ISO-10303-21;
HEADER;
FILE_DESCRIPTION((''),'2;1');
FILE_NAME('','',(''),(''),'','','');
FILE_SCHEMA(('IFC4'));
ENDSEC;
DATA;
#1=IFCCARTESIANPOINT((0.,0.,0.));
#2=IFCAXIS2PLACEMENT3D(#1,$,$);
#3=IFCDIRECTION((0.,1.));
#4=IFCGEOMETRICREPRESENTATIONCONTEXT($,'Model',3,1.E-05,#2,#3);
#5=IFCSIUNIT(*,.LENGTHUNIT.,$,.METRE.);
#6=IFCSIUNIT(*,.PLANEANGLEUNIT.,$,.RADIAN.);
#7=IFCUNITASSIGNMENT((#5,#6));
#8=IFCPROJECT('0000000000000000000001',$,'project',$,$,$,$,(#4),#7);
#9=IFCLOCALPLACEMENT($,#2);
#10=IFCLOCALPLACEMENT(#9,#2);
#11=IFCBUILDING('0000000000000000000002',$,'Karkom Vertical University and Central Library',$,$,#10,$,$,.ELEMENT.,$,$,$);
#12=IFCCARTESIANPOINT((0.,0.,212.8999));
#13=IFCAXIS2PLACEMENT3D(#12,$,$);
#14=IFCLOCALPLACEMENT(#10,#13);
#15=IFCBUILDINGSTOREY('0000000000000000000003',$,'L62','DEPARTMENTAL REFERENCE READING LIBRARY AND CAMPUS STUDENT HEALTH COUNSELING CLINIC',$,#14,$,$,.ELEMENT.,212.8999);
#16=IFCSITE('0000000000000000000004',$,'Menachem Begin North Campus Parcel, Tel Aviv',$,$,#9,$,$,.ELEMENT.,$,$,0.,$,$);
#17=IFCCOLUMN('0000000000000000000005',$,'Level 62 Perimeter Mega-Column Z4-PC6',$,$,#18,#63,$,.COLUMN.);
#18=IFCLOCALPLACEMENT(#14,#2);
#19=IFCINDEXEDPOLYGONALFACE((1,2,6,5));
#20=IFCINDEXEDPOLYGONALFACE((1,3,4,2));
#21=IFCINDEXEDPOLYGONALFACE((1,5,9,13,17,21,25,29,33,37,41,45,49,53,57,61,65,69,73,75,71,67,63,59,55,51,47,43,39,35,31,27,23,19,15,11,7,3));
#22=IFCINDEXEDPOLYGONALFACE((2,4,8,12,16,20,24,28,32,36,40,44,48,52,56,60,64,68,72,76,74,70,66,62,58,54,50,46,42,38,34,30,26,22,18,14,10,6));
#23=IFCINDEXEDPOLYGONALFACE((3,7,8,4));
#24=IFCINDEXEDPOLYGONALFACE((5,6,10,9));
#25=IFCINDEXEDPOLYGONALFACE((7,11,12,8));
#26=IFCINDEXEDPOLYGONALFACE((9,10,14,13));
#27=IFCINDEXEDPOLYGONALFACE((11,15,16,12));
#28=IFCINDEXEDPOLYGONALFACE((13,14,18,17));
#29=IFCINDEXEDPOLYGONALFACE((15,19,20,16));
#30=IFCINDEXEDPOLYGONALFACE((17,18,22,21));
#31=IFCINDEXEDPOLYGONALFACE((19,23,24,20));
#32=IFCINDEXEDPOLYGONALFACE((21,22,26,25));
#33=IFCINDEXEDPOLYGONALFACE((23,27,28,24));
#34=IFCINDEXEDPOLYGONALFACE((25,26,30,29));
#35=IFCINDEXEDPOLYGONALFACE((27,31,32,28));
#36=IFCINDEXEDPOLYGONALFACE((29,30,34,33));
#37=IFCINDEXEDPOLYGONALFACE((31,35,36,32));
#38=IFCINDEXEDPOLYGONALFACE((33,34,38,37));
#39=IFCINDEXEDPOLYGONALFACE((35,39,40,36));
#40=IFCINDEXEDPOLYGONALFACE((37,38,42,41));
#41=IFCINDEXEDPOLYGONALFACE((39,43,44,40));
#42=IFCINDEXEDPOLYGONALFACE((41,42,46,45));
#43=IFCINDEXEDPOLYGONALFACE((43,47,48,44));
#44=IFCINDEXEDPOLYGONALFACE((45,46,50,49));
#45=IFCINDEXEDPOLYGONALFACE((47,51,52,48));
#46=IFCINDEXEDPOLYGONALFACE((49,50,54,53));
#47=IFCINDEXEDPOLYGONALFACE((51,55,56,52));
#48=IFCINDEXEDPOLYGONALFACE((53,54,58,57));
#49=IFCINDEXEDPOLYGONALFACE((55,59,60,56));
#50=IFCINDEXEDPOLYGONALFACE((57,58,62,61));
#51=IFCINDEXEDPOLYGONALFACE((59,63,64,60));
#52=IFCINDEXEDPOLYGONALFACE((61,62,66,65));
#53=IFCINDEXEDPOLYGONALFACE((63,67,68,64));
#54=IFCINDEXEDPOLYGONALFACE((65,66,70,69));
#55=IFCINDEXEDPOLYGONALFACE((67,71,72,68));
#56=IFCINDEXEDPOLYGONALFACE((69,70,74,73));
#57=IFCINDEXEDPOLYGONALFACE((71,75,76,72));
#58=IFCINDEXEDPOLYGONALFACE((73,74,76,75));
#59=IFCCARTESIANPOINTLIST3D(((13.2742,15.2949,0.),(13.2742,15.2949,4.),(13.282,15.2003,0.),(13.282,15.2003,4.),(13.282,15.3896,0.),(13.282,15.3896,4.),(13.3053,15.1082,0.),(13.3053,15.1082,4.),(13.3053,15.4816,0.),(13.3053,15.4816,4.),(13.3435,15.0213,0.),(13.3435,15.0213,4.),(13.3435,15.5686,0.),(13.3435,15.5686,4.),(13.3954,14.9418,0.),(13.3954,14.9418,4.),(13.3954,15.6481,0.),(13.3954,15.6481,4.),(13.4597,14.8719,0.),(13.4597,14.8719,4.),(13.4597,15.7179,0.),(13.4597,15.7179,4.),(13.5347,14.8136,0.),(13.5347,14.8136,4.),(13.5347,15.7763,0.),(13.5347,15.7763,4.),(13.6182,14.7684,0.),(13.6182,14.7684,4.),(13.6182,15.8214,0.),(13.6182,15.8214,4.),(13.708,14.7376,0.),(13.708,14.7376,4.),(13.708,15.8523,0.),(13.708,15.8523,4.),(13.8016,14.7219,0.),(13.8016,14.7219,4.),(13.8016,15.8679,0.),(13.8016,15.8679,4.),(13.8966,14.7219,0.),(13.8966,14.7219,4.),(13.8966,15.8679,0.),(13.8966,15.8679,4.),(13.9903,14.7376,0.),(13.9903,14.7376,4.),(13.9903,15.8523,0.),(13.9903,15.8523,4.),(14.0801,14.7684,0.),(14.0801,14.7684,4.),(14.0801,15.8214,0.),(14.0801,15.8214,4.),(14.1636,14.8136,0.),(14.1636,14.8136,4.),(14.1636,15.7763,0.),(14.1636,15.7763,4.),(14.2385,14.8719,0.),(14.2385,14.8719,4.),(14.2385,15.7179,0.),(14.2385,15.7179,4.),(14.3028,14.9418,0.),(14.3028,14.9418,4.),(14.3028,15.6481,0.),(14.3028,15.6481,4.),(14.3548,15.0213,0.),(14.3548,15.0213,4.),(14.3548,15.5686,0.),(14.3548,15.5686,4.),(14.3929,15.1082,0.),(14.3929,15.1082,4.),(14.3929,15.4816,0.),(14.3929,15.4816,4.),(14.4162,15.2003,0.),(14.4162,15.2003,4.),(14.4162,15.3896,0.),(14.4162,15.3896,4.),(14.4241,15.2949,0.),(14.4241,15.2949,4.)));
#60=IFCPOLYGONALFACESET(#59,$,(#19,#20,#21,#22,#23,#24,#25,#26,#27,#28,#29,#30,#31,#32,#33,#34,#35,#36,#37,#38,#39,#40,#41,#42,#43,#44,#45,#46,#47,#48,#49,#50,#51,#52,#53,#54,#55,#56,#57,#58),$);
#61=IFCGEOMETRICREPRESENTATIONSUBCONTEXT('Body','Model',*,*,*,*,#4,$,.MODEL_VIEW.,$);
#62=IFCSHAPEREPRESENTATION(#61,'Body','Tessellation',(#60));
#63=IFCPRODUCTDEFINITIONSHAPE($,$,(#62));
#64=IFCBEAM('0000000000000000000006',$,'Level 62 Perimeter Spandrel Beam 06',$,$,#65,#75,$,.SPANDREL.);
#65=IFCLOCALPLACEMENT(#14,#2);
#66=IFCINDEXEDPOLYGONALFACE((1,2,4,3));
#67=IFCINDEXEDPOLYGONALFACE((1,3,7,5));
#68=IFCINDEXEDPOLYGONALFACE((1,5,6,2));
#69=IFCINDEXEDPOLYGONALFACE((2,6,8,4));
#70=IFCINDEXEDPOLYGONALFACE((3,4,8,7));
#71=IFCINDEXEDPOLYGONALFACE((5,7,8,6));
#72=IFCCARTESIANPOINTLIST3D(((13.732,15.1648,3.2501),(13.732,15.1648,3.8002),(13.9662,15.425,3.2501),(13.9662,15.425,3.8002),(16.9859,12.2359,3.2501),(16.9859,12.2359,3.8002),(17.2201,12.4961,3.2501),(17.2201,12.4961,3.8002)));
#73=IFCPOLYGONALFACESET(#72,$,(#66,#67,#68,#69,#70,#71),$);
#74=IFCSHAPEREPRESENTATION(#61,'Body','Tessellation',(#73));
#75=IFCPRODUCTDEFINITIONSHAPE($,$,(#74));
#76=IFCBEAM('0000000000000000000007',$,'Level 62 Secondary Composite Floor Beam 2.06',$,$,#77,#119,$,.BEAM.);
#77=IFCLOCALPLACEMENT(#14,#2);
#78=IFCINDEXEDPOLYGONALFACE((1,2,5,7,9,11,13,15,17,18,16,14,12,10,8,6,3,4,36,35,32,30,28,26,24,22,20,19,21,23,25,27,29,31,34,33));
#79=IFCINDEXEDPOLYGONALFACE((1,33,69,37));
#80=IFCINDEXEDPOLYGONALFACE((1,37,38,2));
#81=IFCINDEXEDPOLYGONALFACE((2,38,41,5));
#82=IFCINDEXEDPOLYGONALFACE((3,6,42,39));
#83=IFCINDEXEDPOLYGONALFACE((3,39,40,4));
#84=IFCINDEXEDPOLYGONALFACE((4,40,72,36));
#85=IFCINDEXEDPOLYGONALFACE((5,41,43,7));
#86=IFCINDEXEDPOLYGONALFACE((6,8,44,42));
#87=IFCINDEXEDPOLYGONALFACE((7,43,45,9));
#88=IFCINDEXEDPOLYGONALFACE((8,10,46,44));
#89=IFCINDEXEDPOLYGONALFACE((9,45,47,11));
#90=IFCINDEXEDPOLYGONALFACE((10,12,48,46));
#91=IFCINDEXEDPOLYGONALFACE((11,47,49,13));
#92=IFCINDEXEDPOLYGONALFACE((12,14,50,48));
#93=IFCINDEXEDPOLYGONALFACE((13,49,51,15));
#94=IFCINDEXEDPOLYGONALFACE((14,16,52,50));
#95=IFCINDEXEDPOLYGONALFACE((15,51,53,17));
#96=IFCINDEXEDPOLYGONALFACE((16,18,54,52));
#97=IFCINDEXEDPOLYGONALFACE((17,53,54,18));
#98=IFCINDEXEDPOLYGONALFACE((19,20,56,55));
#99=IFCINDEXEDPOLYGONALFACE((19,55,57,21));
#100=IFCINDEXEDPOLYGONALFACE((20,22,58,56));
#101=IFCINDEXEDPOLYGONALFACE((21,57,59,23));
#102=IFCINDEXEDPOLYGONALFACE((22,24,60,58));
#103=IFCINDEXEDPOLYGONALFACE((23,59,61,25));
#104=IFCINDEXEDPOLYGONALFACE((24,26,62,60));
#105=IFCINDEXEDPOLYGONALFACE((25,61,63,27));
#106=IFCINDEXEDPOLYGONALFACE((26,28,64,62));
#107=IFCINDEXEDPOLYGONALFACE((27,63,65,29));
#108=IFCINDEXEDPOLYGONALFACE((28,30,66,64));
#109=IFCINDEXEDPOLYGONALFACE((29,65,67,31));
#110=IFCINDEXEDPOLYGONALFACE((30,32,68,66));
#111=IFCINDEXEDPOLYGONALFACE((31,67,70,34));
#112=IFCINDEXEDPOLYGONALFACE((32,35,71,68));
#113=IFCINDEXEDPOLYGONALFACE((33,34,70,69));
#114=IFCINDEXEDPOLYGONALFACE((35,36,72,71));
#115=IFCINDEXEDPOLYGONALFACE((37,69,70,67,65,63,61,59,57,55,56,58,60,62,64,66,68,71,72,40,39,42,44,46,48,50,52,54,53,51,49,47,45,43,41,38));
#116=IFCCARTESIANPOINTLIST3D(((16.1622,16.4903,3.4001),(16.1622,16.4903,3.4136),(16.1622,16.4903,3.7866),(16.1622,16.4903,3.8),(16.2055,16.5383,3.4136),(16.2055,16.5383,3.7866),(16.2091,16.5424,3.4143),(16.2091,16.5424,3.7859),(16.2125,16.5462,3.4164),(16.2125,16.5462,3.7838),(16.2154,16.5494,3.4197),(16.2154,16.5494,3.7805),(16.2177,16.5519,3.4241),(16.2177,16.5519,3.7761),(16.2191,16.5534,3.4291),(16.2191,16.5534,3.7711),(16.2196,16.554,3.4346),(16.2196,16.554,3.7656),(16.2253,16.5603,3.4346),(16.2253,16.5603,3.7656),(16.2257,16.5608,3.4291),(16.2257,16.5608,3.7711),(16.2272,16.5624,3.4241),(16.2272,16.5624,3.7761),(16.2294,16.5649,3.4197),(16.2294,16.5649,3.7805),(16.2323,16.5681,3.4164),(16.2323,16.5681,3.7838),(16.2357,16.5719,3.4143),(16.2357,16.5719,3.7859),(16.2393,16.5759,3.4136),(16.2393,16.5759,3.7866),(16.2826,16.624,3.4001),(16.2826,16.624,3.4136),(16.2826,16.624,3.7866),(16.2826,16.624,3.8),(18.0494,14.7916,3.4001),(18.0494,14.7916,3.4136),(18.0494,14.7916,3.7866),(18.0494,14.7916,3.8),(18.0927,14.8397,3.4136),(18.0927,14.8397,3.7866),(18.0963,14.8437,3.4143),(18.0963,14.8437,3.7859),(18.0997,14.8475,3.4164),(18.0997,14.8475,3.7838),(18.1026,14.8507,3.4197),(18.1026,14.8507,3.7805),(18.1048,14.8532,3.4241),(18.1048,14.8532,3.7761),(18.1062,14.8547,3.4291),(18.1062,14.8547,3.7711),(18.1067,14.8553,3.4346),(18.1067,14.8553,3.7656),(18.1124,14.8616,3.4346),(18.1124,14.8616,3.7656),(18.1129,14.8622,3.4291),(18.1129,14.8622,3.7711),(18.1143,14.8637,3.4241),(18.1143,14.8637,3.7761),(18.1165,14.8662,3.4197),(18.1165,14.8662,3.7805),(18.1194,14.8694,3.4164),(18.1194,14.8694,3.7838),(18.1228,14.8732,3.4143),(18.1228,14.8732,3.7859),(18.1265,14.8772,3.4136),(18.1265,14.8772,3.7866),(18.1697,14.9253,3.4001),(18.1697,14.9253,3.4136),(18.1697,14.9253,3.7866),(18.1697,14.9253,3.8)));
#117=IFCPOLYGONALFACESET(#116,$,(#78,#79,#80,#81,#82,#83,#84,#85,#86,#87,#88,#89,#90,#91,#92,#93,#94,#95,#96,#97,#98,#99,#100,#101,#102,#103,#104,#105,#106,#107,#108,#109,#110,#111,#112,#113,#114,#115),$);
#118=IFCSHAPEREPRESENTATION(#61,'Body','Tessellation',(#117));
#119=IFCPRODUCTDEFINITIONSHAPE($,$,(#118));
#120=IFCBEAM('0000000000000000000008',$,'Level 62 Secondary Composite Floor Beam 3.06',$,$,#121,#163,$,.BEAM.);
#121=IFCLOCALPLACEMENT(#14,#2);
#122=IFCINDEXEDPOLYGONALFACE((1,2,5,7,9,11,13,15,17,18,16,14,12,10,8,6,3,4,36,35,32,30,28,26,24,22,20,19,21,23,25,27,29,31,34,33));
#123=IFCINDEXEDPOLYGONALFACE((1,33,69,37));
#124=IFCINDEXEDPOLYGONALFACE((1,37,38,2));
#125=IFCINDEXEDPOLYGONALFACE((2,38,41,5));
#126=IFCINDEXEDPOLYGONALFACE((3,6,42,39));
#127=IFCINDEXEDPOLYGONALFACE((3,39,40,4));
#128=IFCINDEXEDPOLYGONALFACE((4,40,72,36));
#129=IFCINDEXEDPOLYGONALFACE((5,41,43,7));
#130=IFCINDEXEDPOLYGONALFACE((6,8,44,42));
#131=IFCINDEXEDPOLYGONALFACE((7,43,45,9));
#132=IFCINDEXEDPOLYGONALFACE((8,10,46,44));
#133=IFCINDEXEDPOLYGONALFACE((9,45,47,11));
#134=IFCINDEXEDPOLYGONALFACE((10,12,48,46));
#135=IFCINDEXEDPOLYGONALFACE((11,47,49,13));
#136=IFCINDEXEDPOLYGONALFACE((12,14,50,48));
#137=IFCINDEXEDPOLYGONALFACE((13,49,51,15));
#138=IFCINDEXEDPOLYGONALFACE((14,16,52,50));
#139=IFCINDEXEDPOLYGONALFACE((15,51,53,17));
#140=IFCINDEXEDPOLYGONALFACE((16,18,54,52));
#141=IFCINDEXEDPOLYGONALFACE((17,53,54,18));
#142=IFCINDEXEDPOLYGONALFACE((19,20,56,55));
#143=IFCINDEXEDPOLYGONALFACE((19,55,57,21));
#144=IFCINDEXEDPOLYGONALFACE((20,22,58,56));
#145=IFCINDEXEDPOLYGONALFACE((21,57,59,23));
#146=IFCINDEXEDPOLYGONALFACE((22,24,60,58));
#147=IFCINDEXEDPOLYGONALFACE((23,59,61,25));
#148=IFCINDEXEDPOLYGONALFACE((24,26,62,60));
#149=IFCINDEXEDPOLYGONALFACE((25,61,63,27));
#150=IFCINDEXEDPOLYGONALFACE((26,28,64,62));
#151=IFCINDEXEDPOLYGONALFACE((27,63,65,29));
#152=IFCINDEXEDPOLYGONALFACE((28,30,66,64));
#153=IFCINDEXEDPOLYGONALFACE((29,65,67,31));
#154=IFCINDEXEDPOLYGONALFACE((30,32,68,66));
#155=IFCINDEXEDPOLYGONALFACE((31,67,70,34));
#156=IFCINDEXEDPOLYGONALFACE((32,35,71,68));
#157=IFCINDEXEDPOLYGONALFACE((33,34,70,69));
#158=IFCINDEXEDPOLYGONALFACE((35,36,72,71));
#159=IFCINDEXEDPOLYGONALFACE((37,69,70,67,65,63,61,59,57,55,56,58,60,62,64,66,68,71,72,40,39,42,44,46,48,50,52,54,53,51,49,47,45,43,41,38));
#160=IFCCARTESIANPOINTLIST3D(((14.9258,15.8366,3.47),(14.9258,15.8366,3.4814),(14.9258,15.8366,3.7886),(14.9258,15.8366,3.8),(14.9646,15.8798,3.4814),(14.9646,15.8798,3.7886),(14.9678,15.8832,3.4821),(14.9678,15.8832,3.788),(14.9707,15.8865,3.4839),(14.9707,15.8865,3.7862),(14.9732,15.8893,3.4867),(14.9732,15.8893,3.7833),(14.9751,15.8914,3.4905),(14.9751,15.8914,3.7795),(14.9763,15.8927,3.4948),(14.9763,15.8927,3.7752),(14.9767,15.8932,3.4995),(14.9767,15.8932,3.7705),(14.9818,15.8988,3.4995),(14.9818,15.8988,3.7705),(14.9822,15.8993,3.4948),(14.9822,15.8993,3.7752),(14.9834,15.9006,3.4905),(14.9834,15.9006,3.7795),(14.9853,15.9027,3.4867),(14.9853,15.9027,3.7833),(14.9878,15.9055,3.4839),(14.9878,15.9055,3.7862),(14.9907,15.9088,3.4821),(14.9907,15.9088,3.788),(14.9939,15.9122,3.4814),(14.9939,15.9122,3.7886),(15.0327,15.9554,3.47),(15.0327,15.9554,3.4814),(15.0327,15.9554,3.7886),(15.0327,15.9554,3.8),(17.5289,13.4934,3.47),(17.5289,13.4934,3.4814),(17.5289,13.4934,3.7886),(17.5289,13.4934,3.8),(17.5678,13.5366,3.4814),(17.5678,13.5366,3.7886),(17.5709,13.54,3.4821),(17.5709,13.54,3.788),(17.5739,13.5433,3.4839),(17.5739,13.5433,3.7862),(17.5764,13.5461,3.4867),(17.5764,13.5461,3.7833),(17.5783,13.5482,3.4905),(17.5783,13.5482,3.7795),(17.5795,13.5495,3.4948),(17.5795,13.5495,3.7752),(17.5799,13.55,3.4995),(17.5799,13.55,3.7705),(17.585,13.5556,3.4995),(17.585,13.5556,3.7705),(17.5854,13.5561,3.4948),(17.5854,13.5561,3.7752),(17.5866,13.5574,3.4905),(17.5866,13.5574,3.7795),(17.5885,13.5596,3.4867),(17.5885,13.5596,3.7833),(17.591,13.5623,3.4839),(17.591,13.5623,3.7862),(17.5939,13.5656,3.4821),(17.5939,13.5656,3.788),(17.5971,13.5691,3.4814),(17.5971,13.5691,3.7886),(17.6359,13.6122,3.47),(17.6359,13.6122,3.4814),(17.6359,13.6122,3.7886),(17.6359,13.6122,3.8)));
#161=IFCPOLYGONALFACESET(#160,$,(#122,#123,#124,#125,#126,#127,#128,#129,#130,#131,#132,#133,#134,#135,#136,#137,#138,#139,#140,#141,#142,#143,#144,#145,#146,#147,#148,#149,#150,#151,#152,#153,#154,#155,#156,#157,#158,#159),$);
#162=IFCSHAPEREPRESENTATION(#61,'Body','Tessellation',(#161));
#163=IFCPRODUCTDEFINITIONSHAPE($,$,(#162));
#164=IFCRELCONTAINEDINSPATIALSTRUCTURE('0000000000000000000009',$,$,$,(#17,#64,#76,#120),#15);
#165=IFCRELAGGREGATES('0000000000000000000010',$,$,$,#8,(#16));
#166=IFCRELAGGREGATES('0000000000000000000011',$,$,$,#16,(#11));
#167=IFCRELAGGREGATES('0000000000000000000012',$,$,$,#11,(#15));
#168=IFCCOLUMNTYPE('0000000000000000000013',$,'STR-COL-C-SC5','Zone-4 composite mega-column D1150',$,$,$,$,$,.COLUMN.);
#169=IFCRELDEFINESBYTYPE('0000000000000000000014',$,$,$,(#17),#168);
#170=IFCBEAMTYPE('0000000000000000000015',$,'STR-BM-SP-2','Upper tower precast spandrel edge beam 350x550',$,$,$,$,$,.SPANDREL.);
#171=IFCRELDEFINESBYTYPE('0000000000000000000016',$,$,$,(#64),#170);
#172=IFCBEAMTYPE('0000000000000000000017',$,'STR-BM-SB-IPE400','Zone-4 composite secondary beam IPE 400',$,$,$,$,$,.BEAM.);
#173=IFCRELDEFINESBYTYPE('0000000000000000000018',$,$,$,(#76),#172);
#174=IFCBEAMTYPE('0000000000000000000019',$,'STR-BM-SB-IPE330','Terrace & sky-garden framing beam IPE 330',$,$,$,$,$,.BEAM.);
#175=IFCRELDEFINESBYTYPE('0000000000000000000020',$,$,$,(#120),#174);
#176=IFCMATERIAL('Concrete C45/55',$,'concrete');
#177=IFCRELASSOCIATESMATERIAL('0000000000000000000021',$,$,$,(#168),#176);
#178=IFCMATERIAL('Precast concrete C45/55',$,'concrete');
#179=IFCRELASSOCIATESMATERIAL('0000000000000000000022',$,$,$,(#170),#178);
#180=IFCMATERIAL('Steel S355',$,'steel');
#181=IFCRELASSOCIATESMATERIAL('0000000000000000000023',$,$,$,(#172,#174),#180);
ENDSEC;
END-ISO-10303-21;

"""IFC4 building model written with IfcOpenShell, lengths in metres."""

from ifc_helpers import new_model, si_unit, direction, frame, origin, origin_with_axes, origin_2d, place, context, subcontext, project, spatial, rectangle, circle, i_section, extrude, source, transform, mapped, material, material_profile, profile_set, type_object, element, save


model = new_model("IFC4")

# Units and contexts
model_context = context("Model", 3, precision=1e-05, world=origin(), true_north=direction((0.0, 1.0)))
body_context = subcontext(model_context, "Body", "Model", "MODEL_VIEW")
ifc_project = project(units=[si_unit("LENGTHUNIT", "METRE"), si_unit("PLANEANGLEUNIT", "RADIAN")], contexts=[model_context])

# Site, building, storey
site_placement = place(None, origin())
site = spatial("IfcSite", under=ifc_project, at=site_placement, Name="Menachem Begin North Campus Parcel, Tel Aviv", CompositionType="ELEMENT", RefElevation=0.0)
building_placement = place(site_placement, origin())
building = spatial("IfcBuilding", under=site, at=building_placement, Name="Karkom Vertical University and Central Library", CompositionType="ELEMENT")
storey_placement = place(building_placement, frame((0.0, 0.0, 212.8999)))
storey = spatial("IfcBuildingStorey", under=building, at=storey_placement, Name="L62", Description="DEPARTMENTAL REFERENCE READING LIBRARY AND CAMPUS STUDENT HEALTH COUNSELING CLINIC", CompositionType="ELEMENT", Elevation=212.8999)

# Column
ifc_material_1 = material(Name="Concrete C45/55", Category="concrete")
ifc_material_profile_1 = material_profile(ifc_material_1, circle(Radius=0.575, at=origin_2d()), Name="CFT-D1150")
ifc_profile_set_1 = profile_set([ifc_material_profile_1], Name="Concrete C45/55")
column_type = type_object("IfcColumnType", Name="STR-COL-C-SC5", Description="Zone-4 composite mega-column D1150", PredefinedType="COLUMN", material=ifc_profile_set_1)
shared_shape_1 = source(origin_with_axes(), body_context, "Body", "SweptSolid", [
    extrude(circle(Radius=0.575, at=origin_2d()), origin(), (0.0, 0.0, 1.0), 4.0),
])
column_placement = place(storey_placement, frame((13.8491, 15.2949, 0.0), z_axis=(0.0, 0.0, 1.0), x_axis=(1.0, 0.0, 0.0)))
element("IfcColumn", 1, at=column_placement, inside=storey, type_object=column_type, Name="Level 62 Perimeter Mega-Column Z4-PC6", PredefinedType="COLUMN", context=body_context, shape_type="MappedRepresentation", body=[
    mapped(shared_shape_1, transform((0.0, 0.0, 0.0), scale=1.0)),
])

# Beams
ifc_material_2 = material(Name="Precast concrete C45/55", Category="concrete")
ifc_material_profile_2 = material_profile(ifc_material_2, rectangle(XDim=0.3501, YDim=0.55, at=origin_2d()), Name="SPB-350x550")
ifc_profile_set_2 = profile_set([ifc_material_profile_2], Name="Precast concrete C45/55")
beam_type_1 = type_object("IfcBeamType", Name="STR-BM-SP-2", Description="Upper tower precast spandrel edge beam 350x550", PredefinedType="SPANDREL", material=ifc_profile_set_2)
shared_shape_2 = source(origin_with_axes(), body_context, "Body", "SweptSolid", [
    extrude(rectangle(XDim=0.3501, YDim=0.55, at=origin_2d()), origin(), (0.0, 0.0, 1.0), 4.3779),
])
beam_1_placement = place(storey_placement, frame((13.8491, 15.2949, 3.5251), z_axis=(0.743244, -0.66902, 0.0), x_axis=(0.66902, 0.743244, 0.0)))
element("IfcBeam", 2, at=beam_1_placement, inside=storey, type_object=beam_type_1, Name="Level 62 Perimeter Spandrel Beam 06", PredefinedType="SPANDREL", context=body_context, shape_type="MappedRepresentation", body=[
    mapped(shared_shape_2, transform((0.0, 0.0, 0.0), scale=1.0)),
])
ifc_material_3 = material(Name="Steel S355", Category="steel")
ifc_material_profile_3 = material_profile(ifc_material_3, i_section(OverallWidth=0.1799, OverallDepth=0.3999, WebThickness=0.0085, FlangeThickness=0.0134, FilletRadius=0.021, at=origin_2d()), Name="IPE 400")
ifc_profile_set_3 = profile_set([ifc_material_profile_3], Name="Steel S355")
beam_type_2 = type_object("IfcBeamType", Name="STR-BM-SB-IPE400", Description="Zone-4 composite secondary beam IPE 400", PredefinedType="BEAM", material=ifc_profile_set_3)
shared_shape_3 = source(origin_with_axes(), body_context, "Body", "SweptSolid", [
    extrude(i_section(OverallWidth=0.1799, OverallDepth=0.3999, WebThickness=0.0085, FlangeThickness=0.0134, FilletRadius=0.021, at=origin_2d()), origin(), (0.0, 0.0, 1.0), 2.5391),
])
beam_2_placement = place(storey_placement, frame((16.2224, 16.5571, 3.6001), z_axis=(0.743246, -0.669018, 0.0), x_axis=(0.669018, 0.743246, 0.0)))
element("IfcBeam", 3, at=beam_2_placement, inside=storey, type_object=beam_type_2, Name="Level 62 Secondary Composite Floor Beam 2.06", PredefinedType="BEAM", context=body_context, shape_type="MappedRepresentation", body=[
    mapped(shared_shape_3, transform((0.0, 0.0, 0.0), scale=1.0)),
])
ifc_material_profile_4 = material_profile(ifc_material_3, i_section(OverallWidth=0.1599, OverallDepth=0.3301, WebThickness=0.0076, FlangeThickness=0.0115, FilletRadius=0.0181, at=origin_2d()), Name="IPE 330")
ifc_profile_set_4 = profile_set([ifc_material_profile_4], Name="Steel S355")
beam_type_3 = type_object("IfcBeamType", Name="STR-BM-SB-IPE330", Description="Terrace & sky-garden framing beam IPE 330", PredefinedType="BEAM", material=ifc_profile_set_4)
shared_shape_4 = source(origin_with_axes(), body_context, "Body", "SweptSolid", [
    extrude(i_section(OverallWidth=0.1599, OverallDepth=0.3301, WebThickness=0.0076, FlangeThickness=0.0115, FilletRadius=0.0181, at=origin_2d()), origin(), (0.0, 0.0, 1.0), 3.5024),
])
beam_3_placement = place(storey_placement, frame((14.9792, 15.896, 3.635), z_axis=(0.743249, -0.669015, 0.0), x_axis=(0.669015, 0.743249, 0.0)))
element("IfcBeam", 4, at=beam_3_placement, inside=storey, type_object=beam_type_3, Name="Level 62 Secondary Composite Floor Beam 3.06", PredefinedType="BEAM", context=body_context, shape_type="MappedRepresentation", body=[
    mapped(shared_shape_4, transform((0.0, 0.0, 0.0), scale=1.0)),
])

save(model, "model.ifc")
